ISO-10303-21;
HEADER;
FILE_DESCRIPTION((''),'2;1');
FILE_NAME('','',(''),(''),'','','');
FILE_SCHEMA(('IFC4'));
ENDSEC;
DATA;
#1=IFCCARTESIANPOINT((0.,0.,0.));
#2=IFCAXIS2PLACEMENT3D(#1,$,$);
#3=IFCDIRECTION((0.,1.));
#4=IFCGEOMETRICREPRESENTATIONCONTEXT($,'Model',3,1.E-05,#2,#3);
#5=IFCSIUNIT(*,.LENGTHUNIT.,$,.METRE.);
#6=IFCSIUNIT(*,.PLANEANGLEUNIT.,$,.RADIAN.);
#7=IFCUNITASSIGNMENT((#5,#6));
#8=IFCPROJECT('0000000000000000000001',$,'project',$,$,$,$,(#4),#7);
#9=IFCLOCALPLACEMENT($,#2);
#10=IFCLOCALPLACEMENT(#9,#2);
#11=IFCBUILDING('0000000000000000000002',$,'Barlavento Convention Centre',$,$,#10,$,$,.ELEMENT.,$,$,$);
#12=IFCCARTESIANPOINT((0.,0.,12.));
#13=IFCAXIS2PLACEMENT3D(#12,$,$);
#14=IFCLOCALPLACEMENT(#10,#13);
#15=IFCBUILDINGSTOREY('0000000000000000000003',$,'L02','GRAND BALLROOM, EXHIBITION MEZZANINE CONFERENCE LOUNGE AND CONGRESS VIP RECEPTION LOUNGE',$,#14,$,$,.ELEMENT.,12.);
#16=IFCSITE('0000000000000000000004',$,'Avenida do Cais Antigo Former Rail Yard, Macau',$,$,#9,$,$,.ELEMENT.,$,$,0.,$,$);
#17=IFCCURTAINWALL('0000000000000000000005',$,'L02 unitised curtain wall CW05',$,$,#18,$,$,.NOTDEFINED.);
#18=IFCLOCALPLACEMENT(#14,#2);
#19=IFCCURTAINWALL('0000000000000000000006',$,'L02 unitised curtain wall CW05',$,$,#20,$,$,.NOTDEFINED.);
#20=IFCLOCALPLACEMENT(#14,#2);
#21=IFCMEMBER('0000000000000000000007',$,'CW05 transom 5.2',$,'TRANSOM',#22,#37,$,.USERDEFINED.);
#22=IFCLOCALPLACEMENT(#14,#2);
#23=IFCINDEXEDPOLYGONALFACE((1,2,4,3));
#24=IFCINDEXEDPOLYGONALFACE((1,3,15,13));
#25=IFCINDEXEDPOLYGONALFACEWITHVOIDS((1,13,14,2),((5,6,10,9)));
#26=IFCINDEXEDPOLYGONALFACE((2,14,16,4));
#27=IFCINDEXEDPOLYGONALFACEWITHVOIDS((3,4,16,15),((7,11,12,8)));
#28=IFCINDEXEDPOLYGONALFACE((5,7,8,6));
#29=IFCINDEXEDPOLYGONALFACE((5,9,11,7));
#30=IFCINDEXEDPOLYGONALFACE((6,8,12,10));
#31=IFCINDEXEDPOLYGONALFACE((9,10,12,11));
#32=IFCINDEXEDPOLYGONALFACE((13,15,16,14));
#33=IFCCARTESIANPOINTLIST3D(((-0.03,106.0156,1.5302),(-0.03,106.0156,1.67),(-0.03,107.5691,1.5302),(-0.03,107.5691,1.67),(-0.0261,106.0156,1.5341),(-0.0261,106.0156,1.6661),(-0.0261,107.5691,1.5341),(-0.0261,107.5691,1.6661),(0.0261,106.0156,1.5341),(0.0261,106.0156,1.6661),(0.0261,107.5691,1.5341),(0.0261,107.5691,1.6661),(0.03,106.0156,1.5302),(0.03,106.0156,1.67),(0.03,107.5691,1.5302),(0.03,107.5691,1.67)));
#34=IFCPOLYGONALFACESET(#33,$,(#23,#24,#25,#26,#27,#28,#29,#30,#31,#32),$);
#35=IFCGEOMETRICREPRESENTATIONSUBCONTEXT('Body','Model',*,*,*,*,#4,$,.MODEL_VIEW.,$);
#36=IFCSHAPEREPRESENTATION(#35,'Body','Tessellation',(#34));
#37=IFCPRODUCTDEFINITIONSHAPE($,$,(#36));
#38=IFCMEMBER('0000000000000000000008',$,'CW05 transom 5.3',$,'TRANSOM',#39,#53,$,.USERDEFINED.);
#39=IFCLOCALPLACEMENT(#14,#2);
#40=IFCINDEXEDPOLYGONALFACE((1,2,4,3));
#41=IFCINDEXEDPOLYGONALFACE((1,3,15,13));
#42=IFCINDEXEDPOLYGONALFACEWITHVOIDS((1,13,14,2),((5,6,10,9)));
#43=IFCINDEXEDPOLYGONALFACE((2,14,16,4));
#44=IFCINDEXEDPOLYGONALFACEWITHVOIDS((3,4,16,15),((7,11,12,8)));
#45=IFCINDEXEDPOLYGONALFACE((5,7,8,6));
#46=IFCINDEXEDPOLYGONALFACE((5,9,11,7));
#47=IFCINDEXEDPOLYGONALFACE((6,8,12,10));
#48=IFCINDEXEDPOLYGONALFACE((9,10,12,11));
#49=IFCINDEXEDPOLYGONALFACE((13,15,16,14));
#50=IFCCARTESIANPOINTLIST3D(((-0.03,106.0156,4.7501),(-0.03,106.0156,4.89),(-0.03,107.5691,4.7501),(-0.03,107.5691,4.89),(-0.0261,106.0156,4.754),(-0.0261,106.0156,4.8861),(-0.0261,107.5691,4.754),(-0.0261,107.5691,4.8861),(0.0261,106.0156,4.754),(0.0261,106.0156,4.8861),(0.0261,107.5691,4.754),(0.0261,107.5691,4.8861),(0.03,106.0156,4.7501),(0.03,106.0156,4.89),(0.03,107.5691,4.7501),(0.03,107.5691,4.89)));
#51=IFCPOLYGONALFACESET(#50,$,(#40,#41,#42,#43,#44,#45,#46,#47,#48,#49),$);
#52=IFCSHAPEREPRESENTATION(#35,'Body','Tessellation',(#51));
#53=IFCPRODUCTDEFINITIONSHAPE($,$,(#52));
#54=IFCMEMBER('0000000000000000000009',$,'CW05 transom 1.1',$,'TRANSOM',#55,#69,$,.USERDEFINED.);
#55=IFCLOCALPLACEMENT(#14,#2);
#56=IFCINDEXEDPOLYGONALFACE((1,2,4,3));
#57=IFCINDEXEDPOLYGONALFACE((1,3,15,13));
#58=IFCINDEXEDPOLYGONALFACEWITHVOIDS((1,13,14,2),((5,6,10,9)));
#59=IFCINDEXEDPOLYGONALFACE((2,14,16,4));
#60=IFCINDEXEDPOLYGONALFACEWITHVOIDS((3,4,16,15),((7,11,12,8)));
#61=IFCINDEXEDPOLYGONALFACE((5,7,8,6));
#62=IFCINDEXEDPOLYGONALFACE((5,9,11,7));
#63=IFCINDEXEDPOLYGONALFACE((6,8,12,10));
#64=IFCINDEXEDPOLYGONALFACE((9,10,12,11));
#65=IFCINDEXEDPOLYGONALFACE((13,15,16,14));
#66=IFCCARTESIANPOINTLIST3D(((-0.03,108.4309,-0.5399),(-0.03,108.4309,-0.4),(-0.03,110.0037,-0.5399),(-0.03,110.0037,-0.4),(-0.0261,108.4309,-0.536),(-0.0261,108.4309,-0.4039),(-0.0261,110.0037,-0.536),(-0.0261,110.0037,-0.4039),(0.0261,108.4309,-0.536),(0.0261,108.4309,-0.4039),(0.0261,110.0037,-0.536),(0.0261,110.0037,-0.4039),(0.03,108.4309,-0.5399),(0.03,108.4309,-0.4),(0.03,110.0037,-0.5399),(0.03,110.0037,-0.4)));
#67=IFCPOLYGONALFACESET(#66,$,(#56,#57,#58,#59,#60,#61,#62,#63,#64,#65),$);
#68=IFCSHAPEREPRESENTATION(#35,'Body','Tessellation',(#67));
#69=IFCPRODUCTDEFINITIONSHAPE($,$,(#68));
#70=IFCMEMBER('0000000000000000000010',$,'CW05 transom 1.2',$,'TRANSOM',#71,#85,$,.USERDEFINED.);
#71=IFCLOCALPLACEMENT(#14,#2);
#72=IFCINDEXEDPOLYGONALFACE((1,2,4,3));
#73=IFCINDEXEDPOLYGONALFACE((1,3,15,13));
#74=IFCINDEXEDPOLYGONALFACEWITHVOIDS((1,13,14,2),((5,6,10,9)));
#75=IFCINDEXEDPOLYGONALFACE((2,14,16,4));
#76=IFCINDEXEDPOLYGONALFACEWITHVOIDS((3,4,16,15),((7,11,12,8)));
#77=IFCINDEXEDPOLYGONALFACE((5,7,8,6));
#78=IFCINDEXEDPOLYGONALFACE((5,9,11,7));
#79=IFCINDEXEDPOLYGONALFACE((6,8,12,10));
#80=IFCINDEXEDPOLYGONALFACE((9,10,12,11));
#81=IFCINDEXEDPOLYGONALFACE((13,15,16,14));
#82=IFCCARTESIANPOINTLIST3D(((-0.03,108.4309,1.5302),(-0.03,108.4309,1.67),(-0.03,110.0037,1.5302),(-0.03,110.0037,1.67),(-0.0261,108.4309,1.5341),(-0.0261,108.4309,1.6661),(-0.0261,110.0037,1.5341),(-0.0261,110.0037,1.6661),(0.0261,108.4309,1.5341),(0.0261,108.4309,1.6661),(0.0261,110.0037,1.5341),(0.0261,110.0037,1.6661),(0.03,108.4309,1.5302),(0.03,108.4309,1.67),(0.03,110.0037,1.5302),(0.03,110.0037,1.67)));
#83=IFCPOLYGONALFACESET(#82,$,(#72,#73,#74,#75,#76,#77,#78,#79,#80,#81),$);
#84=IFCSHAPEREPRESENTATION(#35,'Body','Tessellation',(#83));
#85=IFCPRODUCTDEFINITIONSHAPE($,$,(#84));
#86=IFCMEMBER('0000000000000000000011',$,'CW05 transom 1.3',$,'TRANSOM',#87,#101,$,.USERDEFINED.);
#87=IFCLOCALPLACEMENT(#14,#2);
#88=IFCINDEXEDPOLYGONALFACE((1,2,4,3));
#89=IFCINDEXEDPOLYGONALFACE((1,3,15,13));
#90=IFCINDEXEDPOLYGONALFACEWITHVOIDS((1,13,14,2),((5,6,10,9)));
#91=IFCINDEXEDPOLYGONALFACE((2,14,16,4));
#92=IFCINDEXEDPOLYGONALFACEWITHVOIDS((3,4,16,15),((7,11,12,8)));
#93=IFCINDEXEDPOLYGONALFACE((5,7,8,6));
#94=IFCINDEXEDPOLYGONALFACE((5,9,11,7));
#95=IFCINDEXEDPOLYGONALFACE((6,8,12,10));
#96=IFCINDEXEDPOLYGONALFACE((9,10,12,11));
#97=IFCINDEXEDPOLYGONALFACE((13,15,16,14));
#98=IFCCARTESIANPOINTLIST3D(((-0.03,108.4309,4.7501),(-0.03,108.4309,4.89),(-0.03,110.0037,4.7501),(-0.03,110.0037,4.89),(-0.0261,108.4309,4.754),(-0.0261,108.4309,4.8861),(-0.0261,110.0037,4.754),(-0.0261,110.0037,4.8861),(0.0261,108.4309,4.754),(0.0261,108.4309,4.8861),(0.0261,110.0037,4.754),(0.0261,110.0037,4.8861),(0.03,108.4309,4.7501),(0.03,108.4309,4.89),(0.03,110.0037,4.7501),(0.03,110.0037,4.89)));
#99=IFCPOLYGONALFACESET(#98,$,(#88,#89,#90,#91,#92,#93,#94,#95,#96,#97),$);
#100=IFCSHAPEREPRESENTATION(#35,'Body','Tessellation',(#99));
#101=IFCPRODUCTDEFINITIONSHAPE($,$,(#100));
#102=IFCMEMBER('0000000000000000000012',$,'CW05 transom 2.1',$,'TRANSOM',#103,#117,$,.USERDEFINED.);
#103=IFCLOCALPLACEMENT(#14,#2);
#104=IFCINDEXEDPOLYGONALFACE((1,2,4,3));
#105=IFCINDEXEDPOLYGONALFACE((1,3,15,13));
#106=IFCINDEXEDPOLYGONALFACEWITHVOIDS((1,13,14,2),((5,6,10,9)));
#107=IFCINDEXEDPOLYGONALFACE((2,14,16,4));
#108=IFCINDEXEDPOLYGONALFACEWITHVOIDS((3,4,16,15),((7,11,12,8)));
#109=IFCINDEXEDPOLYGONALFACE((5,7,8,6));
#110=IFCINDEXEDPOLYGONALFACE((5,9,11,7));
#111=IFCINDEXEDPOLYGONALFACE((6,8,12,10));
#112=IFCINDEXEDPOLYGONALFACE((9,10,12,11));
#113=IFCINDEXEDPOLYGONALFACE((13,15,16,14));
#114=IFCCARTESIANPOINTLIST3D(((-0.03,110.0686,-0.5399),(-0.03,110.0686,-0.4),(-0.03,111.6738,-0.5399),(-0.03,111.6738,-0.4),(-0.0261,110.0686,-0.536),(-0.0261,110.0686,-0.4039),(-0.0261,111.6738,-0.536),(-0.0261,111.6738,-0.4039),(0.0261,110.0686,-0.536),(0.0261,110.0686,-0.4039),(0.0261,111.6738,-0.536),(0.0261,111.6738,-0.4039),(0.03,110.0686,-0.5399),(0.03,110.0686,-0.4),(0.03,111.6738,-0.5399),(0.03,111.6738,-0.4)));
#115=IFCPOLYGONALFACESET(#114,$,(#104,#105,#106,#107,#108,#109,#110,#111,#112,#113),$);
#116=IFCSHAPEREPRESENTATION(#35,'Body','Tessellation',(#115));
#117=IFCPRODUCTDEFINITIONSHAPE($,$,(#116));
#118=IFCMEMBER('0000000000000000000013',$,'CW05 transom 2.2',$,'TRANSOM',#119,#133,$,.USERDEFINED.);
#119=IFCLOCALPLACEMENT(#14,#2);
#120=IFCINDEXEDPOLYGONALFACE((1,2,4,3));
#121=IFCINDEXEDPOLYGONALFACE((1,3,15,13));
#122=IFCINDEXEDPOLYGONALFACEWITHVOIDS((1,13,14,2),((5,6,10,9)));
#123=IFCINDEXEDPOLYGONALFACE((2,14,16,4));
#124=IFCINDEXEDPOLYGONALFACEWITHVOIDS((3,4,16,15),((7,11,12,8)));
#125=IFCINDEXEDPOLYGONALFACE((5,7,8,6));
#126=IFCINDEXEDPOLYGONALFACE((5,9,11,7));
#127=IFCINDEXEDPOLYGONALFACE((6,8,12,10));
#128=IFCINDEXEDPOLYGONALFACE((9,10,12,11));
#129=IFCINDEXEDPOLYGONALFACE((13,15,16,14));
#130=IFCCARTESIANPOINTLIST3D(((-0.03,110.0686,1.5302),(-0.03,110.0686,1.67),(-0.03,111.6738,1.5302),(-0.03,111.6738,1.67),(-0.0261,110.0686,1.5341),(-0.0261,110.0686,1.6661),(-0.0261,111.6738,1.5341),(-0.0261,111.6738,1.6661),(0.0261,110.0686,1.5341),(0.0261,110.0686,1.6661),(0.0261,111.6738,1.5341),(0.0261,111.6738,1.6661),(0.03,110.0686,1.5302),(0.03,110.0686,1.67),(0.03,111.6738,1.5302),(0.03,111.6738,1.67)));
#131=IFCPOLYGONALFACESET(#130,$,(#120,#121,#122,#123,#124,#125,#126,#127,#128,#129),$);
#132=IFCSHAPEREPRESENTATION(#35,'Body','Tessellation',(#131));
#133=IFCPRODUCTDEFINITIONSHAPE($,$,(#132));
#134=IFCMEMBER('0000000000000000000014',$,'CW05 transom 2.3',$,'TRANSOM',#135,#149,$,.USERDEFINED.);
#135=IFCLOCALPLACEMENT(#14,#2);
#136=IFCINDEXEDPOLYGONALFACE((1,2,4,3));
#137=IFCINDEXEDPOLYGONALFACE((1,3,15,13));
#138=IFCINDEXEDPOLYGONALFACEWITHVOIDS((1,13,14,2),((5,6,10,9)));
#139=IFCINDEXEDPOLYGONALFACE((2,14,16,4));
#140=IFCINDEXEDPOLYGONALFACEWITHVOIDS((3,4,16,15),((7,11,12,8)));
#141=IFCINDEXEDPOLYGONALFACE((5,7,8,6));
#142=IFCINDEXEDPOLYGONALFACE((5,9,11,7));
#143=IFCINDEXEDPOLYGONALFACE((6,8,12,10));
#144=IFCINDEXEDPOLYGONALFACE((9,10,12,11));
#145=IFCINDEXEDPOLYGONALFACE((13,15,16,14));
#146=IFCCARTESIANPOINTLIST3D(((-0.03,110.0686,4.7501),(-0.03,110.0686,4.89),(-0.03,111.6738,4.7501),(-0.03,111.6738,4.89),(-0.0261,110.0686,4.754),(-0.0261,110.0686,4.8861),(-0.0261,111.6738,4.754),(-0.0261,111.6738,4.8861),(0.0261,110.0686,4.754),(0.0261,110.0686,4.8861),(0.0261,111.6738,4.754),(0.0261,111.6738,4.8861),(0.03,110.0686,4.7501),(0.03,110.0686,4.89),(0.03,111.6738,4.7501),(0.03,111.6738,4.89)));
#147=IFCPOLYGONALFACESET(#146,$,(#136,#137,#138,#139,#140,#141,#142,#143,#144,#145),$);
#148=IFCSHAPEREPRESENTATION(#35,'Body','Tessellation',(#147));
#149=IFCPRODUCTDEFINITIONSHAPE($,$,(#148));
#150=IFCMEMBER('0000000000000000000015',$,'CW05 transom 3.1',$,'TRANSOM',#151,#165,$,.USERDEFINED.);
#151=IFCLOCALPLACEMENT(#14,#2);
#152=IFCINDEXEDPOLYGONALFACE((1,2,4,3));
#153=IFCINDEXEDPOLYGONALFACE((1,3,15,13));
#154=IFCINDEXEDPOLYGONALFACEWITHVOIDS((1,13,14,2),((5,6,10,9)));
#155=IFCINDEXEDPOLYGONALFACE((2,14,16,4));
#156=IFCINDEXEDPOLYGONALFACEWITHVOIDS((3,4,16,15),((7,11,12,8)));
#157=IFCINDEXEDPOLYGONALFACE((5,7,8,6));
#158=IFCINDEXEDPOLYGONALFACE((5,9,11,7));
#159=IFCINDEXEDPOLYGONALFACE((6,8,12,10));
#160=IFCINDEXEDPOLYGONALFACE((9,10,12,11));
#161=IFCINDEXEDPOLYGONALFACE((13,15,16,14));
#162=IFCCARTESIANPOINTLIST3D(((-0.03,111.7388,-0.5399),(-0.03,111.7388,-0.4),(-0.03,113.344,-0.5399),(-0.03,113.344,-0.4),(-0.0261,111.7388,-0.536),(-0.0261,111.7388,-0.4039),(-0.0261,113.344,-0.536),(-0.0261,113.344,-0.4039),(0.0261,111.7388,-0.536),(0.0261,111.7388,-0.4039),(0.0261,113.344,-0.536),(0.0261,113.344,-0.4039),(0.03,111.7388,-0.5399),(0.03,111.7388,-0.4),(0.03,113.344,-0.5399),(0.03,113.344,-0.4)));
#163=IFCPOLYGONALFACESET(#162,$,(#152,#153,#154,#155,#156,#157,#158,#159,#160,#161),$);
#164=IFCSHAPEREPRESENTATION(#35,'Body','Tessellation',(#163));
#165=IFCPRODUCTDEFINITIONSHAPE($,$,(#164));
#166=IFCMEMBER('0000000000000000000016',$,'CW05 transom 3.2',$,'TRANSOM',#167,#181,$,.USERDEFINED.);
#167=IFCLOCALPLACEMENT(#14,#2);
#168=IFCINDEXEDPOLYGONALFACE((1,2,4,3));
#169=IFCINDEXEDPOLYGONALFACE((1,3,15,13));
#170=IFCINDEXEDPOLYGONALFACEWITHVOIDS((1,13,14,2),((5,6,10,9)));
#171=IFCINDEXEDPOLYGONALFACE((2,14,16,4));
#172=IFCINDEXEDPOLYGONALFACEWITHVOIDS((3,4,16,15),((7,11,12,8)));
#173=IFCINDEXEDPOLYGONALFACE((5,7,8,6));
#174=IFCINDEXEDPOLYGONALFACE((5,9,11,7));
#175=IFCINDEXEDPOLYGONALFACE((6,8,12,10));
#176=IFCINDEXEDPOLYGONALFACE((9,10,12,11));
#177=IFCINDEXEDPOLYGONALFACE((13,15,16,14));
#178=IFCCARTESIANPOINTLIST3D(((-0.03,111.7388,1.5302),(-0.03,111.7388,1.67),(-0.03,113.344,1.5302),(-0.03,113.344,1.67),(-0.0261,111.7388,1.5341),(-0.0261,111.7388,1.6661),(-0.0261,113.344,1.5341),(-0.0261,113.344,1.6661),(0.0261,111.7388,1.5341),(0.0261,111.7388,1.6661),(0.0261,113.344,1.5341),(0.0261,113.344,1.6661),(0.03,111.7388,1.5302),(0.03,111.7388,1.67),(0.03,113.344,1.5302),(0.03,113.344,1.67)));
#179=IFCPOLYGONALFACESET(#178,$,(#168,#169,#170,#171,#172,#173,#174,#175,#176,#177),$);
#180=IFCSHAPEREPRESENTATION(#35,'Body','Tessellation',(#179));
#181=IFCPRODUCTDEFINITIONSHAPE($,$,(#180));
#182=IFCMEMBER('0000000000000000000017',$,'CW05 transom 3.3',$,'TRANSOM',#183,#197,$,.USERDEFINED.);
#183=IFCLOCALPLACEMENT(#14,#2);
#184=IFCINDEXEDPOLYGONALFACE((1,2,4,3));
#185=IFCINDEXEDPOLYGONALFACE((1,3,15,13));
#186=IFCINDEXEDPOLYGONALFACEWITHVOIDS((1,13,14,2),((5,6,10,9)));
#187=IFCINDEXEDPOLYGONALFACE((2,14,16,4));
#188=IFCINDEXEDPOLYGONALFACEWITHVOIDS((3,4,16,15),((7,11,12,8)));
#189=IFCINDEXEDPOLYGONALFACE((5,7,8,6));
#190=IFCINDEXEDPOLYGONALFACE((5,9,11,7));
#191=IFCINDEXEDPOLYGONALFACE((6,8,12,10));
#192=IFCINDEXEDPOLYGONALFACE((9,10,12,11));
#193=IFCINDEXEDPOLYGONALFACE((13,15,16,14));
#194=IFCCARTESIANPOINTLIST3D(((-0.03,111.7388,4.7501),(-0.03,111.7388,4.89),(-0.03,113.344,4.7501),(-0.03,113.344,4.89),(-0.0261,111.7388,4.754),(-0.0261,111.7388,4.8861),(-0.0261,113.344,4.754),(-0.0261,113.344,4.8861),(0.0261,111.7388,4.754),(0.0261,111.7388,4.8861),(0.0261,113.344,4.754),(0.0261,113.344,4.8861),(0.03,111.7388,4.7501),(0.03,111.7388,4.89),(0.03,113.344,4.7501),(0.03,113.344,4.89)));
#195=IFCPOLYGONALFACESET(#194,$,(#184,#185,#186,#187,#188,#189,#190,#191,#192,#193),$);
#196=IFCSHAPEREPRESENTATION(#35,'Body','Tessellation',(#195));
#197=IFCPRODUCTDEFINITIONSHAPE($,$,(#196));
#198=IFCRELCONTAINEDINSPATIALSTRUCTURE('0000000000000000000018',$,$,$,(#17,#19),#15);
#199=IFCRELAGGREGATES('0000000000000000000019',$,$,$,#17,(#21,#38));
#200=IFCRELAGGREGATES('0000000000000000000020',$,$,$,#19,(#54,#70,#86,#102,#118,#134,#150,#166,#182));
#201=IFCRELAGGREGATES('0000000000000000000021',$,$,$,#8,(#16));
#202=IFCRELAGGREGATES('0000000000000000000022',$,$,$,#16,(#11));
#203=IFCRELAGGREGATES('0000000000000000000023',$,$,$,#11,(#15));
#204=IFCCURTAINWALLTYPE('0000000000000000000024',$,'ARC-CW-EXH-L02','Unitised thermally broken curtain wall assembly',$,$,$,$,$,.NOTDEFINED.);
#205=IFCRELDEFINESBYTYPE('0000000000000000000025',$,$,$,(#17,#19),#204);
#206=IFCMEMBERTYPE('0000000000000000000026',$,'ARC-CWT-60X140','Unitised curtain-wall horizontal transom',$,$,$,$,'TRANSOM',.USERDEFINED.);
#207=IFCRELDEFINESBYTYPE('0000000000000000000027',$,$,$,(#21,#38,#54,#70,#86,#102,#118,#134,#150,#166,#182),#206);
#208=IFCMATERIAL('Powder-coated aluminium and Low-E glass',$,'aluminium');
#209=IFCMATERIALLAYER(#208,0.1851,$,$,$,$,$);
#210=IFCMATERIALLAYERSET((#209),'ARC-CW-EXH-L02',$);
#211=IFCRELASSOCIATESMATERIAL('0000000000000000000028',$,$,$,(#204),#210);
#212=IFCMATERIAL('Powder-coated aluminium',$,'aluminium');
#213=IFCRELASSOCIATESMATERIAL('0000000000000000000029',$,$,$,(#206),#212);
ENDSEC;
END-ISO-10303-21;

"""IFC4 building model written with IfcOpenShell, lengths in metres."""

from ifc_helpers import new_model, si_unit, direction, frame, origin, origin_2d, place, context, subcontext, project, spatial, hollow_rectangle, extrude, material, layer, layer_set, material_profile, profile_set, type_object, element, aggregate, save


model = new_model("IFC4")

# Units and contexts
model_context = context("Model", 3, precision=1e-05, world=origin(), true_north=direction((0.0, 1.0)))
body_context = subcontext(model_context, "Body", "Model", "MODEL_VIEW")
ifc_project = project(units=[si_unit("LENGTHUNIT", "METRE"), si_unit("PLANEANGLEUNIT", "RADIAN")], contexts=[model_context])

# Site, building, storey
site_placement = place(None, origin())
site = spatial("IfcSite", under=ifc_project, at=site_placement, Name="Avenida do Cais Antigo Former Rail Yard, Macau", CompositionType="ELEMENT", RefElevation=0.0)
building_placement = place(site_placement, origin())
building = spatial("IfcBuilding", under=site, at=building_placement, Name="Barlavento Convention Centre", CompositionType="ELEMENT")
storey_placement = place(building_placement, frame((0.0, 0.0, 12.0)))
storey = spatial("IfcBuildingStorey", under=building, at=storey_placement, Name="L02", Description="GRAND BALLROOM, EXHIBITION MEZZANINE CONFERENCE LOUNGE AND CONGRESS VIP RECEPTION LOUNGE", CompositionType="ELEMENT", Elevation=12.0)

# Curtain walls
ifc_material_1 = material(Name="Powder-coated aluminium and Low-E glass", Category="aluminium")
ifc_layer_1 = layer(ifc_material_1, 0.1851)
ifc_layer_set_1 = layer_set([ifc_layer_1], Name="ARC-CW-EXH-L02")
curtain_wall_type = type_object("IfcCurtainWallType", Name="ARC-CW-EXH-L02", Description="Unitised thermally broken curtain wall assembly", PredefinedType="NOTDEFINED", material=ifc_layer_set_1)
curtain_wall_1_placement = place(storey_placement, origin())
curtain_wall_1 = element("IfcCurtainWall", 1, at=curtain_wall_1_placement, inside=storey, type_object=curtain_wall_type, Name="L02 unitised curtain wall CW05", PredefinedType="NOTDEFINED")
ifc_material_2 = material(Name="Powder-coated aluminium", Category="aluminium")
curtain_wall_2_placement = place(storey_placement, origin())
curtain_wall_2 = element("IfcCurtainWall", 2, at=curtain_wall_2_placement, inside=storey, type_object=curtain_wall_type, Name="L02 unitised curtain wall CW05", PredefinedType="NOTDEFINED")

# Members
ifc_material_profile_1 = material_profile(ifc_material_2, hollow_rectangle(XDim=0.0601, YDim=0.1399, WallThickness=0.0039, at=origin_2d()), Name="AL-TRAN 60x140x4")
ifc_profile_set_1 = profile_set([ifc_material_profile_1], Name="Powder-coated aluminium")
member_type_1 = type_object("IfcMemberType", Name="ARC-CWT-60X140", Description="Unitised curtain-wall horizontal transom", ElementType="TRANSOM", PredefinedType="USERDEFINED", material=ifc_profile_set_1)
member_1_placement = place(storey_placement, frame((0.0, 106.0156, 1.6001), z_axis=(0.0, 1.0, 0.0), x_axis=(-1.0, 0.0, 0.0)))
member_1 = element("IfcMember", 3, at=member_1_placement, type_object=member_type_1, Name="CW05 transom 5.2", ObjectType="TRANSOM", PredefinedType="USERDEFINED", context=body_context, shape_type="SweptSolid", body=[
    extrude(hollow_rectangle(XDim=0.0601, YDim=0.1399, WallThickness=0.0039, at=origin_2d()), origin(), (0.0, 0.0, 1.0), 1.5535),
])
member_2_placement = place(storey_placement, frame((0.0, 106.0156, 4.8201), z_axis=(0.0, 1.0, 0.0), x_axis=(-1.0, 0.0, 0.0)))
member_2 = element("IfcMember", 4, at=member_2_placement, type_object=member_type_1, Name="CW05 transom 5.3", ObjectType="TRANSOM", PredefinedType="USERDEFINED", context=body_context, shape_type="SweptSolid", body=[
    extrude(hollow_rectangle(XDim=0.0601, YDim=0.1399, WallThickness=0.0039, at=origin_2d()), origin(), (0.0, 0.0, 1.0), 1.5535),
])
member_3_placement = place(storey_placement, frame((0.0, 108.4309, -0.47), z_axis=(0.0, 1.0, 0.0), x_axis=(-1.0, 0.0, 0.0)))
member_3 = element("IfcMember", 5, at=member_3_placement, type_object=member_type_1, Name="CW05 transom 1.1", ObjectType="TRANSOM", PredefinedType="USERDEFINED", context=body_context, shape_type="SweptSolid", body=[
    extrude(hollow_rectangle(XDim=0.0601, YDim=0.1399, WallThickness=0.0039, at=origin_2d()), origin(), (0.0, 0.0, 1.0), 1.5728),
])
member_4_placement = place(storey_placement, frame((0.0, 108.4309, 1.6001), z_axis=(0.0, 1.0, 0.0), x_axis=(-1.0, 0.0, 0.0)))
member_4 = element("IfcMember", 6, at=member_4_placement, type_object=member_type_1, Name="CW05 transom 1.2", ObjectType="TRANSOM", PredefinedType="USERDEFINED", context=body_context, shape_type="SweptSolid", body=[
    extrude(hollow_rectangle(XDim=0.0601, YDim=0.1399, WallThickness=0.0039, at=origin_2d()), origin(), (0.0, 0.0, 1.0), 1.5728),
])
member_5_placement = place(storey_placement, frame((0.0, 108.4309, 4.8201), z_axis=(0.0, 1.0, 0.0), x_axis=(-1.0, 0.0, 0.0)))
member_5 = element("IfcMember", 7, at=member_5_placement, type_object=member_type_1, Name="CW05 transom 1.3", ObjectType="TRANSOM", PredefinedType="USERDEFINED", context=body_context, shape_type="SweptSolid", body=[
    extrude(hollow_rectangle(XDim=0.0601, YDim=0.1399, WallThickness=0.0039, at=origin_2d()), origin(), (0.0, 0.0, 1.0), 1.5728),
])
member_6_placement = place(storey_placement, frame((0.0, 110.0686, -0.47), z_axis=(0.0, 1.0, 0.0), x_axis=(-1.0, 0.0, 0.0)))
member_6 = element("IfcMember", 8, at=member_6_placement, type_object=member_type_1, Name="CW05 transom 2.1", ObjectType="TRANSOM", PredefinedType="USERDEFINED", context=body_context, shape_type="SweptSolid", body=[
    extrude(hollow_rectangle(XDim=0.0601, YDim=0.1399, WallThickness=0.0039, at=origin_2d()), origin(), (0.0, 0.0, 1.0), 1.6052),
])
member_7_placement = place(storey_placement, frame((0.0, 110.0686, 1.6001), z_axis=(0.0, 1.0, 0.0), x_axis=(-1.0, 0.0, 0.0)))
member_7 = element("IfcMember", 9, at=member_7_placement, type_object=member_type_1, Name="CW05 transom 2.2", ObjectType="TRANSOM", PredefinedType="USERDEFINED", context=body_context, shape_type="SweptSolid", body=[
    extrude(hollow_rectangle(XDim=0.0601, YDim=0.1399, WallThickness=0.0039, at=origin_2d()), origin(), (0.0, 0.0, 1.0), 1.6052),
])
member_8_placement = place(storey_placement, frame((0.0, 110.0686, 4.8201), z_axis=(0.0, 1.0, 0.0), x_axis=(-1.0, 0.0, 0.0)))
member_8 = element("IfcMember", 10, at=member_8_placement, type_object=member_type_1, Name="CW05 transom 2.3", ObjectType="TRANSOM", PredefinedType="USERDEFINED", context=body_context, shape_type="SweptSolid", body=[
    extrude(hollow_rectangle(XDim=0.0601, YDim=0.1399, WallThickness=0.0039, at=origin_2d()), origin(), (0.0, 0.0, 1.0), 1.6052),
])
member_9_placement = place(storey_placement, frame((0.0, 111.7388, -0.47), z_axis=(0.0, 1.0, 0.0), x_axis=(-1.0, 0.0, 0.0)))
member_9 = element("IfcMember", 11, at=member_9_placement, type_object=member_type_1, Name="CW05 transom 3.1", ObjectType="TRANSOM", PredefinedType="USERDEFINED", context=body_context, shape_type="SweptSolid", body=[
    extrude(hollow_rectangle(XDim=0.0601, YDim=0.1399, WallThickness=0.0039, at=origin_2d()), origin(), (0.0, 0.0, 1.0), 1.6052),
])
member_10_placement = place(storey_placement, frame((0.0, 111.7388, 1.6001), z_axis=(0.0, 1.0, 0.0), x_axis=(-1.0, 0.0, 0.0)))
member_10 = element("IfcMember", 12, at=member_10_placement, type_object=member_type_1, Name="CW05 transom 3.2", ObjectType="TRANSOM", PredefinedType="USERDEFINED", context=body_context, shape_type="SweptSolid", body=[
    extrude(hollow_rectangle(XDim=0.0601, YDim=0.1399, WallThickness=0.0039, at=origin_2d()), origin(), (0.0, 0.0, 1.0), 1.6052),
])
member_11_placement = place(storey_placement, frame((0.0, 111.7388, 4.8201), z_axis=(0.0, 1.0, 0.0), x_axis=(-1.0, 0.0, 0.0)))
member_11 = element("IfcMember", 13, at=member_11_placement, type_object=member_type_1, Name="CW05 transom 3.3", ObjectType="TRANSOM", PredefinedType="USERDEFINED", context=body_context, shape_type="SweptSolid", body=[
    extrude(hollow_rectangle(XDim=0.0601, YDim=0.1399, WallThickness=0.0039, at=origin_2d()), origin(), (0.0, 0.0, 1.0), 1.6052),
])

aggregate(curtain_wall_1, [member_1, member_2])
aggregate(curtain_wall_2, [member_3, member_4, member_5, member_6, member_7, member_8, member_9, member_10, member_11])

save(model, "model.ifc")
